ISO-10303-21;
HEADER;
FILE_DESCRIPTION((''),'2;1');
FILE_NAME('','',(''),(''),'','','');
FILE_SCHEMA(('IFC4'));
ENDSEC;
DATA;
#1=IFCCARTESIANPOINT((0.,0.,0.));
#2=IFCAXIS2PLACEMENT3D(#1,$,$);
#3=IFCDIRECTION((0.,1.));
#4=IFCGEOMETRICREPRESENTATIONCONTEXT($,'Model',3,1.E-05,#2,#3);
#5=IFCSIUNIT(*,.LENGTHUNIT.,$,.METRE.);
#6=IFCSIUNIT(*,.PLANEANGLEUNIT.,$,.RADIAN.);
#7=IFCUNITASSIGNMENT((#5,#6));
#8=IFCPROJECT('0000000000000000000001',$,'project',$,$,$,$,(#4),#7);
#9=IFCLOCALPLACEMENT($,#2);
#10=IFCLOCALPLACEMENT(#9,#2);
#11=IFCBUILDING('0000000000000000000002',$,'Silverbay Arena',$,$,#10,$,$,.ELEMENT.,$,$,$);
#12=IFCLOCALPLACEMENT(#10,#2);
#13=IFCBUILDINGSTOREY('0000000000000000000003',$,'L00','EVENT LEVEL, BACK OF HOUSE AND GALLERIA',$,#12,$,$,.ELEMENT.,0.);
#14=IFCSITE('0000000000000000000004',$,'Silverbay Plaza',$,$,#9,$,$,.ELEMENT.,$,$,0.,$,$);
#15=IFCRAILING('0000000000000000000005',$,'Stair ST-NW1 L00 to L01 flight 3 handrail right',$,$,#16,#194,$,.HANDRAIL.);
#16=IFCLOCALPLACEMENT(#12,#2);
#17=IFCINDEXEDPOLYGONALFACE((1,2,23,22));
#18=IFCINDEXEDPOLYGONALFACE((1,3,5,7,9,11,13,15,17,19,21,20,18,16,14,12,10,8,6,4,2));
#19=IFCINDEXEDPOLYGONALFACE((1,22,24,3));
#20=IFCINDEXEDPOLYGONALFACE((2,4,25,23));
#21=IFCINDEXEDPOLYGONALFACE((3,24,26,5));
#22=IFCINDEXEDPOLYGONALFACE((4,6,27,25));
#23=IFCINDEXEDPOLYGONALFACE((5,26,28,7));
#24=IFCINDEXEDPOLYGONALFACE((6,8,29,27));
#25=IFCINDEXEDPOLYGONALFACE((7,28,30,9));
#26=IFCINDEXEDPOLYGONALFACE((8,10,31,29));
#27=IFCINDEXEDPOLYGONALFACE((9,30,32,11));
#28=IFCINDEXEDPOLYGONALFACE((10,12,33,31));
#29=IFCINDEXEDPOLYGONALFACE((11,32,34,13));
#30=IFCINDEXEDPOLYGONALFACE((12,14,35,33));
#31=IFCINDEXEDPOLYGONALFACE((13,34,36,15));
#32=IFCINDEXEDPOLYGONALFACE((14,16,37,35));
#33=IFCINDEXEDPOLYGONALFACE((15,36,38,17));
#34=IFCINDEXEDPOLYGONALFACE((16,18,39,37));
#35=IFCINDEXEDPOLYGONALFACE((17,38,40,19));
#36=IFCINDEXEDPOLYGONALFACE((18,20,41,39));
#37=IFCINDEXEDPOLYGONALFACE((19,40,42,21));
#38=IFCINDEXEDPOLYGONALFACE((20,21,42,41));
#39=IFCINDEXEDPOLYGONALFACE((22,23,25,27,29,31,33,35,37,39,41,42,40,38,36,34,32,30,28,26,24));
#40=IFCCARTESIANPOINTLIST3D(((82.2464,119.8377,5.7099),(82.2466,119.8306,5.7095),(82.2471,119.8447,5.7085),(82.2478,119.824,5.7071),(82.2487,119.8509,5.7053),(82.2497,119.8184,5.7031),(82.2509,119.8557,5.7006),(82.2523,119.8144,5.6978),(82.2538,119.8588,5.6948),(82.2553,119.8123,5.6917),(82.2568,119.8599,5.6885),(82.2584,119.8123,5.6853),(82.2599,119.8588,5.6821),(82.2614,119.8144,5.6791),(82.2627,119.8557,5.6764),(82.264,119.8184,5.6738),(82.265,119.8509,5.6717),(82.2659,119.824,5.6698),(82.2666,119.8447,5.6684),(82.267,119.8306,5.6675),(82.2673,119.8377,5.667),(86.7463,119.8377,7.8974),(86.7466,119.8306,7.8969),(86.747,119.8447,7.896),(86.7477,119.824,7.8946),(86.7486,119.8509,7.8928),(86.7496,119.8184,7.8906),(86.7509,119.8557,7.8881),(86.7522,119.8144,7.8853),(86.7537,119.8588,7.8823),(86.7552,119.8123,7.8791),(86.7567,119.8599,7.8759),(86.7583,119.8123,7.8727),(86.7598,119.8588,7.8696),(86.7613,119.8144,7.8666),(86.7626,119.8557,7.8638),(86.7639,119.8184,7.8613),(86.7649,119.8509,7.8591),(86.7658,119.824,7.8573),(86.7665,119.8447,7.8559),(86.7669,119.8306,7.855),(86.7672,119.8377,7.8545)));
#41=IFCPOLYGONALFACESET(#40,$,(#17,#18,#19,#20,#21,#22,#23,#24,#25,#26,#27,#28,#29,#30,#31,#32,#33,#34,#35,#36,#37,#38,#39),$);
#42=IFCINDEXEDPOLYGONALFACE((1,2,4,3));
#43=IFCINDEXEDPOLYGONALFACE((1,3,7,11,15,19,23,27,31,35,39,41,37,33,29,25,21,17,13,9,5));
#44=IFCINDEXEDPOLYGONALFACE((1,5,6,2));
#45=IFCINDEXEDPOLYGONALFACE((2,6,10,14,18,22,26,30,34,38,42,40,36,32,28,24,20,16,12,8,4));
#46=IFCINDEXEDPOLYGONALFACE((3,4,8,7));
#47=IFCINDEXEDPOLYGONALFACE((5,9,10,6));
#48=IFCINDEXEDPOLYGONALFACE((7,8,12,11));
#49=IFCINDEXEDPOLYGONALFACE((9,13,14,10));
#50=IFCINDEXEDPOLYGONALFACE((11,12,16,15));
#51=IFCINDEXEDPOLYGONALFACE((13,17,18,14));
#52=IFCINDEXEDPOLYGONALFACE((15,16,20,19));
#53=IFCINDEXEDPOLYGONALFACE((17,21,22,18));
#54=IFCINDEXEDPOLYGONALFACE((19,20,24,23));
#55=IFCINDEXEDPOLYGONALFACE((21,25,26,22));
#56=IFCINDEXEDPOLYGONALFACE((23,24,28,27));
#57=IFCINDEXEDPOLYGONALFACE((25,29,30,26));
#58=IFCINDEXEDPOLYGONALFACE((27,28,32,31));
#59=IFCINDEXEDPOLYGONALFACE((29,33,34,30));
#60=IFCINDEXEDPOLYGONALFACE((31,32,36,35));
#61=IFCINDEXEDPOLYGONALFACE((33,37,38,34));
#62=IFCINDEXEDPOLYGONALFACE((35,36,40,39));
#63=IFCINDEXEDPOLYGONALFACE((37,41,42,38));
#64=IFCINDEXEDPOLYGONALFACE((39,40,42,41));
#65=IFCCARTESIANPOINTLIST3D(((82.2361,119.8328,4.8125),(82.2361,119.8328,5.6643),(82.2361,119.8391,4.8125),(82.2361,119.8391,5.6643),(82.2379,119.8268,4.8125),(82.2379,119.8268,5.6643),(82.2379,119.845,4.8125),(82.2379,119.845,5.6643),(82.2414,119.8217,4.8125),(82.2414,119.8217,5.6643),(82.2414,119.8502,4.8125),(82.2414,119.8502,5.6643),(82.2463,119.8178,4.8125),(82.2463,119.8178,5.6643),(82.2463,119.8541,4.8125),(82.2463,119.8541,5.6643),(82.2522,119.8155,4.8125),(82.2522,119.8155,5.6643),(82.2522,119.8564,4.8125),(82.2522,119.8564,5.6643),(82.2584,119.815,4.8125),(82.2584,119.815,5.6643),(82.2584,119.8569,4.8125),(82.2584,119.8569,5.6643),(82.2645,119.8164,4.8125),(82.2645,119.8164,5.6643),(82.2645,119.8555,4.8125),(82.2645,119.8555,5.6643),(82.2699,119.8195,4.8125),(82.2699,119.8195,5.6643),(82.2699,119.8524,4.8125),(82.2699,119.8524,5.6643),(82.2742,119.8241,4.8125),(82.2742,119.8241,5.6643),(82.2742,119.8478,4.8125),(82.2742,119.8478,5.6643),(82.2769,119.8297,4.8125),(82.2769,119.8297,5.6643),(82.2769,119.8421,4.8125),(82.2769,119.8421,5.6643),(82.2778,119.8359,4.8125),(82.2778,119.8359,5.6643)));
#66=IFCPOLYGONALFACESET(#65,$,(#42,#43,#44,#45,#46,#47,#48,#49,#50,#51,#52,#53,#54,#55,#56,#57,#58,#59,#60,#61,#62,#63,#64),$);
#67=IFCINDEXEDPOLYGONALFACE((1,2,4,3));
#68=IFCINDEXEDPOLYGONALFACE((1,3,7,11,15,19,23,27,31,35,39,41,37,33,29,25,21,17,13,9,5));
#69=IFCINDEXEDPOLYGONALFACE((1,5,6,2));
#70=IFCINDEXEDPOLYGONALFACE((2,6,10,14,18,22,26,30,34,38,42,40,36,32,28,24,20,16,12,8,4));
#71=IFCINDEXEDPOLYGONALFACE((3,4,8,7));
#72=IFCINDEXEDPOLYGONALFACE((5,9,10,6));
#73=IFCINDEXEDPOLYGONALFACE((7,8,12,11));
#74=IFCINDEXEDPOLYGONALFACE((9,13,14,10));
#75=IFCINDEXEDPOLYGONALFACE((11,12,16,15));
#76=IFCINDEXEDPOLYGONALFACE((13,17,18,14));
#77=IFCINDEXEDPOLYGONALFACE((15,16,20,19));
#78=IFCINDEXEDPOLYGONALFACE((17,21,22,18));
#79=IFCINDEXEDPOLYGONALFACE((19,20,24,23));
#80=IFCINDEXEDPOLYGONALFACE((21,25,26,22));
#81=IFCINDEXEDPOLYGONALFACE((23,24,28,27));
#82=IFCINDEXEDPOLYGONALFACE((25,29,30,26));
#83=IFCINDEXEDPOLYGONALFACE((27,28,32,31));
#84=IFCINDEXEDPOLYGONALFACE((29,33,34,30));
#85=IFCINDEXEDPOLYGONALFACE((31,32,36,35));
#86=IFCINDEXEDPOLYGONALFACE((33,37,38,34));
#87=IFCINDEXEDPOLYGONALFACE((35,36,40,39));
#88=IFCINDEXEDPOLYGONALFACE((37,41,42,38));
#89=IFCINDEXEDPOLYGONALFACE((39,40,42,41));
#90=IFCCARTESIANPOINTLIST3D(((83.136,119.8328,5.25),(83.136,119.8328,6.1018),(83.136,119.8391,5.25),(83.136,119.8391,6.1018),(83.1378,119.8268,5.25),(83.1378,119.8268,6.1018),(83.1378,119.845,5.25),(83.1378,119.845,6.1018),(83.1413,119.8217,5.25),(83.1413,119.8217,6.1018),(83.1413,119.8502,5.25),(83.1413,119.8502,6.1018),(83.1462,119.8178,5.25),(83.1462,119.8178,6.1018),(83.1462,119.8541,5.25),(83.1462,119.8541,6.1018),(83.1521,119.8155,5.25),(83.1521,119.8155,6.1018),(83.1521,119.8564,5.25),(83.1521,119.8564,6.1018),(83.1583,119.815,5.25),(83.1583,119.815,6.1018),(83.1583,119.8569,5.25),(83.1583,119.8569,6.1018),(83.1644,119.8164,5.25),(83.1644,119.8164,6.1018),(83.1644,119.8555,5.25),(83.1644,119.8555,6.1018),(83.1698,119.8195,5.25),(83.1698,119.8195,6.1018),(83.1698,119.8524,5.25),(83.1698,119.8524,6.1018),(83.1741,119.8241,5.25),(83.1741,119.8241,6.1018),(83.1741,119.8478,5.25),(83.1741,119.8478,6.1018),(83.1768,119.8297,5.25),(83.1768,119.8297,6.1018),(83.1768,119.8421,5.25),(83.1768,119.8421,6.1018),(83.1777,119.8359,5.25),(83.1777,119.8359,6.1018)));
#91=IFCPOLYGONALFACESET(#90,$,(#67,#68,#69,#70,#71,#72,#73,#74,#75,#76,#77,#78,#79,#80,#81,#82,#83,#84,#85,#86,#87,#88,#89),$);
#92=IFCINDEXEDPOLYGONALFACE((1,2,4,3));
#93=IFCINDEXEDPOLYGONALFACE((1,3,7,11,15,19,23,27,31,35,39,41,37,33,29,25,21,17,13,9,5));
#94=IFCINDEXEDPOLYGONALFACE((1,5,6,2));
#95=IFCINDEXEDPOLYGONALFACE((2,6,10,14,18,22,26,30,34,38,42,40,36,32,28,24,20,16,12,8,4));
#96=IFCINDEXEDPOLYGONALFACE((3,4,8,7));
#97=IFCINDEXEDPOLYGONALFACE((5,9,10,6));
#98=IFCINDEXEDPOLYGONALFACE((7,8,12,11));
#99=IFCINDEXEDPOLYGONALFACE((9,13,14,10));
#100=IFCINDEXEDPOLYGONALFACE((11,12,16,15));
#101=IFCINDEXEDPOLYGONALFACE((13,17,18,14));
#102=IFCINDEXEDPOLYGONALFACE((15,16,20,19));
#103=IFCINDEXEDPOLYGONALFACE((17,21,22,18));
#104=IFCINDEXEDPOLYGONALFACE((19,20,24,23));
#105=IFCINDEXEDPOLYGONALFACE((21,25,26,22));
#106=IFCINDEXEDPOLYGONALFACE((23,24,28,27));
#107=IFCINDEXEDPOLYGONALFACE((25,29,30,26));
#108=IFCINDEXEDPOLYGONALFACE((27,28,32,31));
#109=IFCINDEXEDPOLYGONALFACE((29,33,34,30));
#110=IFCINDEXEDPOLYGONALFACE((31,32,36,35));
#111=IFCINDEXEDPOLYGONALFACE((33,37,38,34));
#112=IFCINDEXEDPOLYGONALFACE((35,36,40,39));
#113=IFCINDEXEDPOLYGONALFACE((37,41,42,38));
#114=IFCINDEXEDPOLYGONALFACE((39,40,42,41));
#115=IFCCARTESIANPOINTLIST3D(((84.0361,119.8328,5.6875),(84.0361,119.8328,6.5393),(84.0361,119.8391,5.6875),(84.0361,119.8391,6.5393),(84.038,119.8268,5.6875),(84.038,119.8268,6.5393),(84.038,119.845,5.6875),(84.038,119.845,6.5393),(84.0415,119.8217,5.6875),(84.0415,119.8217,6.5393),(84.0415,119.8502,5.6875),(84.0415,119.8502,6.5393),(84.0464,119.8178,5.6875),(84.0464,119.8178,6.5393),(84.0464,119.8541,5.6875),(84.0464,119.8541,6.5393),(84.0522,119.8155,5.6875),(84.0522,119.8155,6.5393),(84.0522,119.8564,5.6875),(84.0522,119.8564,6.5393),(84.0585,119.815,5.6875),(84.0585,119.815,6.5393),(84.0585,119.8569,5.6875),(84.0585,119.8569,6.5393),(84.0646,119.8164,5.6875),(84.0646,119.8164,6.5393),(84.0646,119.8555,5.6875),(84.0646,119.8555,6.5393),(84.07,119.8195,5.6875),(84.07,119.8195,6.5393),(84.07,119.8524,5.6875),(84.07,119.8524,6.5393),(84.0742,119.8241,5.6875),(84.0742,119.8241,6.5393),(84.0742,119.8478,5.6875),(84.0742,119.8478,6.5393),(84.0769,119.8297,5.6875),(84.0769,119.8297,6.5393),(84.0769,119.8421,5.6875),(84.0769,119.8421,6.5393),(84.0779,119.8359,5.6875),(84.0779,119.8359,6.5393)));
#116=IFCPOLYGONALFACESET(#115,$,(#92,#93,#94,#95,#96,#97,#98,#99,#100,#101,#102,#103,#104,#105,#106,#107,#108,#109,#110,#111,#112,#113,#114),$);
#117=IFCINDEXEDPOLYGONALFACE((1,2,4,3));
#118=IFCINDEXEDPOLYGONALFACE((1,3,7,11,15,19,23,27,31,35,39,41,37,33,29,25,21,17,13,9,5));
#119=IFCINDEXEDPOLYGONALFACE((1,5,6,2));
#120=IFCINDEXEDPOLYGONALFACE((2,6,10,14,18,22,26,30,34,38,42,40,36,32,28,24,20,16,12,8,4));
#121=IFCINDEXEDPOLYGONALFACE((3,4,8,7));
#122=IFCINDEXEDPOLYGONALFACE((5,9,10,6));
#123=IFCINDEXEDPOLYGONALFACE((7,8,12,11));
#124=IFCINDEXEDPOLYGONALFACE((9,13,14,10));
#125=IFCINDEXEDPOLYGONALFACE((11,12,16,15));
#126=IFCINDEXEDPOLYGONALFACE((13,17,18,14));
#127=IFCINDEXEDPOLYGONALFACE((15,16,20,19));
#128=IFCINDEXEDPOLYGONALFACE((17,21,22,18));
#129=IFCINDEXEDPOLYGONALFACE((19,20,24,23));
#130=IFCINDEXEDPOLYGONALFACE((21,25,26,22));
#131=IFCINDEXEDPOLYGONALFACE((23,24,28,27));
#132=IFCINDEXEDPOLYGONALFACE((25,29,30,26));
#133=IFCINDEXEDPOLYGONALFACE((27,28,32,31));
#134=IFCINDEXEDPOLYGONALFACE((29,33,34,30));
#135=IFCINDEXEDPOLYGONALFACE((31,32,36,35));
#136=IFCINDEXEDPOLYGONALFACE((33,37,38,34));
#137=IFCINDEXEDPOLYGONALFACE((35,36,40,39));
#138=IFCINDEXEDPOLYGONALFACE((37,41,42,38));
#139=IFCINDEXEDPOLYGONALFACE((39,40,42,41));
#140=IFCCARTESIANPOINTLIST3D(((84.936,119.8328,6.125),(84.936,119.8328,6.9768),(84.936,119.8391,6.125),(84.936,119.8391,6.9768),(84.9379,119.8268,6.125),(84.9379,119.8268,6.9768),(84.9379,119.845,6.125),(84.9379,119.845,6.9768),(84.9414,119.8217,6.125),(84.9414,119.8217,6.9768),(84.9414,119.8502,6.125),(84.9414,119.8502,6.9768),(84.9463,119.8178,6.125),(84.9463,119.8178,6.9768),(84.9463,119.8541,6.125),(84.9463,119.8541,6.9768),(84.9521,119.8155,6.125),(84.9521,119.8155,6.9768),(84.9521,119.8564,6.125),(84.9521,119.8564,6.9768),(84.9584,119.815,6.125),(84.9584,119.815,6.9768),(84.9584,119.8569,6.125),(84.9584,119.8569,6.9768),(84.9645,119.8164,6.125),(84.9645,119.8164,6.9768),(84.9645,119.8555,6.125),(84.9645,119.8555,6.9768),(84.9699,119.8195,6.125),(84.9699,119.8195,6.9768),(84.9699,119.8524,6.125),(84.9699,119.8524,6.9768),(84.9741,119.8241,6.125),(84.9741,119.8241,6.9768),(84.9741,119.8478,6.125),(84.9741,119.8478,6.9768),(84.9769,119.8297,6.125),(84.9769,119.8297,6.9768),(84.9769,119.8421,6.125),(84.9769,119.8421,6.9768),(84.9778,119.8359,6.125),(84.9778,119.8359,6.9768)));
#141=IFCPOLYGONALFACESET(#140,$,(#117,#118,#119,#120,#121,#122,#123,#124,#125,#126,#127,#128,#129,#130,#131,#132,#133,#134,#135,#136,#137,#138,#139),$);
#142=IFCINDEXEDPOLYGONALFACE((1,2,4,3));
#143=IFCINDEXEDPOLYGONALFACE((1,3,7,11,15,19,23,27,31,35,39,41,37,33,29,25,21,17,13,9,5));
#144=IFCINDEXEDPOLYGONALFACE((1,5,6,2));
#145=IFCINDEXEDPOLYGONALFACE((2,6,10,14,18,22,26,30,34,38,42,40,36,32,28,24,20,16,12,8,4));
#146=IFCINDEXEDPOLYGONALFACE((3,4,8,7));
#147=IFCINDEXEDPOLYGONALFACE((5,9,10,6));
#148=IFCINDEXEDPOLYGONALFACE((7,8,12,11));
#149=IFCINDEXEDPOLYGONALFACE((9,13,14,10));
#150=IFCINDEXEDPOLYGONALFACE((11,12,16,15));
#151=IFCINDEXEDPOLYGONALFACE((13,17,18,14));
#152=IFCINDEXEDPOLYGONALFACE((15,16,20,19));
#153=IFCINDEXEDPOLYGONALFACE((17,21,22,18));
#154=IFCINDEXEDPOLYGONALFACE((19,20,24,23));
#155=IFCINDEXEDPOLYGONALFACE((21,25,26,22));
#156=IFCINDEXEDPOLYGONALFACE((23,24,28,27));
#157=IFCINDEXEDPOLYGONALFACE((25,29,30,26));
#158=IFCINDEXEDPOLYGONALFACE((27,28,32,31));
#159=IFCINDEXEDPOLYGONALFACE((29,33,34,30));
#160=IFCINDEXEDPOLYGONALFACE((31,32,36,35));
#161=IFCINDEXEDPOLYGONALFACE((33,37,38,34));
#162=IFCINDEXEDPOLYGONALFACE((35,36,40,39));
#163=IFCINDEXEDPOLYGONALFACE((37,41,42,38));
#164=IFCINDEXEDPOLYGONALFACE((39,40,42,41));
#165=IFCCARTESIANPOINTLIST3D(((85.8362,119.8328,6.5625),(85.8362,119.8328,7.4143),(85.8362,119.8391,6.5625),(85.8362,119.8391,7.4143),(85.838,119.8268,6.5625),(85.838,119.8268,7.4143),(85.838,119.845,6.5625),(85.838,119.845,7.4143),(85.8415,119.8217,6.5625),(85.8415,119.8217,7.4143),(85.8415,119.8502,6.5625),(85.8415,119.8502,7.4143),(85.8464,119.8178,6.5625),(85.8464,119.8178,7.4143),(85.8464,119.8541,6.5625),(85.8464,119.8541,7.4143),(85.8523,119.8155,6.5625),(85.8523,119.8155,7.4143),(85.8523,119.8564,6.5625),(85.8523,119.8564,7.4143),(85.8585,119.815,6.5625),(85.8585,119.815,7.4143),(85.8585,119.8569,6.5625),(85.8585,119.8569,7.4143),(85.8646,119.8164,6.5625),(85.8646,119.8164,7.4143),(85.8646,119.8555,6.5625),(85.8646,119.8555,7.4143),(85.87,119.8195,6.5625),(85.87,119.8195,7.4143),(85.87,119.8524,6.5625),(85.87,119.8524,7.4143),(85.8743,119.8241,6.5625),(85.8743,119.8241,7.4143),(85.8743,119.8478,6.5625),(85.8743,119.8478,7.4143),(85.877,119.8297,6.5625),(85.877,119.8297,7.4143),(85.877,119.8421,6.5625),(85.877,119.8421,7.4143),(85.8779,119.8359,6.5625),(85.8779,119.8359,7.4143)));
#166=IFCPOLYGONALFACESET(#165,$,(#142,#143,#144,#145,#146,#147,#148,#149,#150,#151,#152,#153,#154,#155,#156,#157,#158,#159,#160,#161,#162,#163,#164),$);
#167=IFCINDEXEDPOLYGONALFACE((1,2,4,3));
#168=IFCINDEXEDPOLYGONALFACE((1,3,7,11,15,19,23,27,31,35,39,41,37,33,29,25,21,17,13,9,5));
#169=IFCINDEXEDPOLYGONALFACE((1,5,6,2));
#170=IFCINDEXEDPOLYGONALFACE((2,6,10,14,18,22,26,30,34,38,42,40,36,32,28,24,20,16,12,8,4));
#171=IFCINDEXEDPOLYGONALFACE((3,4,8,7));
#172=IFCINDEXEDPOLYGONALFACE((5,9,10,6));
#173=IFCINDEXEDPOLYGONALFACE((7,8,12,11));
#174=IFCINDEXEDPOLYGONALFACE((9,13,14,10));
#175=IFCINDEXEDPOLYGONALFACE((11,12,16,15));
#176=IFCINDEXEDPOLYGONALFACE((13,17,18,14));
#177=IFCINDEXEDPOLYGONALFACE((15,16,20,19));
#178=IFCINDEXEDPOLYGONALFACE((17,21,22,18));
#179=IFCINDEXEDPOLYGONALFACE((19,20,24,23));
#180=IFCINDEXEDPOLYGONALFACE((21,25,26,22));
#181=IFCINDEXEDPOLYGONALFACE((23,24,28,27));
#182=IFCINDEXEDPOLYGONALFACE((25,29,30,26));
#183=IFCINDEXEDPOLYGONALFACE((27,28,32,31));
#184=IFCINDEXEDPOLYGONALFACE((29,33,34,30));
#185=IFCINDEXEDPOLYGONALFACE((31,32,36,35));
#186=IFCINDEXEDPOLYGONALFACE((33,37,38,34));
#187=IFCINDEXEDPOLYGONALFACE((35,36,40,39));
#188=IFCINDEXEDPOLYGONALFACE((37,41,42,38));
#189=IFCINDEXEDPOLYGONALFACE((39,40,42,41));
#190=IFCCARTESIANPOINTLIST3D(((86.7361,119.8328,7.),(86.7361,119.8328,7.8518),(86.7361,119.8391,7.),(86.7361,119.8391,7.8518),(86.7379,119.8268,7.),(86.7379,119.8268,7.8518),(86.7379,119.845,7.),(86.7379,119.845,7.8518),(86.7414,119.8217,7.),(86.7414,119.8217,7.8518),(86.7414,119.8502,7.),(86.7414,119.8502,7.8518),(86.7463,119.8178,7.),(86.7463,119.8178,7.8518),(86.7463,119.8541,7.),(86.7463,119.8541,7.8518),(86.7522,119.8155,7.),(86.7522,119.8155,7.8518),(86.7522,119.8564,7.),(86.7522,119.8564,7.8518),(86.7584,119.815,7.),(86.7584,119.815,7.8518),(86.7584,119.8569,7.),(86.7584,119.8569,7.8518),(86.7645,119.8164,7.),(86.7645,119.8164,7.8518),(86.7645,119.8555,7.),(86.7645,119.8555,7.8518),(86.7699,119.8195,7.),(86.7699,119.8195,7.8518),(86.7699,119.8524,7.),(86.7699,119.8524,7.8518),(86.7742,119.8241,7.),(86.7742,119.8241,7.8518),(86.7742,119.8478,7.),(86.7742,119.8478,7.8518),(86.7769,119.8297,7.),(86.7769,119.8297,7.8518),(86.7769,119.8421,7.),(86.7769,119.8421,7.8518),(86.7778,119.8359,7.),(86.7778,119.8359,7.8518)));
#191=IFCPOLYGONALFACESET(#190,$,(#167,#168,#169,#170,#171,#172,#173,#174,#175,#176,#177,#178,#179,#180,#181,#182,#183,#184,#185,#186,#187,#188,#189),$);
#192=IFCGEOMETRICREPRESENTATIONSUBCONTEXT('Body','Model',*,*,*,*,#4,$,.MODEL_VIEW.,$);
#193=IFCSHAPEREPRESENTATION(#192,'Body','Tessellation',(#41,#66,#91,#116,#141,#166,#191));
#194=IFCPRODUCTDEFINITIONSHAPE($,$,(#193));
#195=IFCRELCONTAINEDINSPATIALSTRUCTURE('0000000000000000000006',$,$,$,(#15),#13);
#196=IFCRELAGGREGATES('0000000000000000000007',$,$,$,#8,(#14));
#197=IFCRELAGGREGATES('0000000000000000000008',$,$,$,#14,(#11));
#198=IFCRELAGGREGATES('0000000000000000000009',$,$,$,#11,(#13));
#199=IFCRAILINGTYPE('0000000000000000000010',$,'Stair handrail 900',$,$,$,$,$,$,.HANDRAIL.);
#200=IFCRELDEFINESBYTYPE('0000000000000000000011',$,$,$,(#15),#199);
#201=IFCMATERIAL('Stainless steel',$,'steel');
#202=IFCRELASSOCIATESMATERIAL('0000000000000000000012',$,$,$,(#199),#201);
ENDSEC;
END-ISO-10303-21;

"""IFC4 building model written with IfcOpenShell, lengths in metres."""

from ifc_helpers import new_model, si_unit, direction, frame, origin, origin_2d, place, context, subcontext, project, spatial, circle, extrude, material, type_object, element, save


model = new_model("IFC4")

# Units and contexts
model_context = context("Model", 3, precision=1e-05, world=origin(), true_north=direction((0.0, 1.0)))
body_context = subcontext(model_context, "Body", "Model", "MODEL_VIEW")
ifc_project = project(units=[si_unit("LENGTHUNIT", "METRE"), si_unit("PLANEANGLEUNIT", "RADIAN")], contexts=[model_context])

# Site, building, storey
site_placement = place(None, origin())
site = spatial("IfcSite", under=ifc_project, at=site_placement, Name="Silverbay Plaza", CompositionType="ELEMENT", RefElevation=0.0)
building_placement = place(site_placement, origin())
building = spatial("IfcBuilding", under=site, at=building_placement, Name="Silverbay Arena", CompositionType="ELEMENT")
storey_placement = place(building_placement, origin())
storey = spatial("IfcBuildingStorey", under=building, at=storey_placement, Name="L00", Description="EVENT LEVEL, BACK OF HOUSE AND GALLERIA", CompositionType="ELEMENT", Elevation=0.0)

# Railing
ifc_material_1 = material(Name="Stainless steel", Category="steel")
railing_type_1 = type_object("IfcRailingType", Name="Stair handrail 900", PredefinedType="HANDRAIL", material=ifc_material_1)
railing_1_placement = place(storey_placement, frame((82.2568, 119.8359, 4.8125)))
element("IfcRailing", 1, at=railing_1_placement, inside=storey, type_object=railing_type_1, Name="Stair ST-NW1 L00 to L01 flight 3 handrail right", PredefinedType="HANDRAIL", context=body_context, shape_type="SweptSolid", body=[
    extrude(circle(Radius=0.0239, at=origin_2d()), frame((0.0, 0.0, 0.876), z_axis=(0.899368, 0.0, 0.437193), x_axis=(0.0, 1.0, 0.0)), (0.0, 0.0, 1.0), 5.0034),
    extrude(circle(Radius=0.021, at=origin_2d()), origin(), (0.0, 0.0, 1.0), 0.8518),
    extrude(circle(Radius=0.021, at=origin_2d()), frame((0.8999, 0.0, 0.4375)), (0.0, 0.0, 1.0), 0.8518),
    extrude(circle(Radius=0.021, at=origin_2d()), frame((1.8, 0.0, 0.875)), (0.0, 0.0, 1.0), 0.8518),
    extrude(circle(Radius=0.021, at=origin_2d()), frame((2.7, 0.0, 1.3125)), (0.0, 0.0, 1.0), 0.8518),
    extrude(circle(Radius=0.021, at=origin_2d()), frame((3.6001, 0.0, 1.75)), (0.0, 0.0, 1.0), 0.8518),
    extrude(circle(Radius=0.021, at=origin_2d()), frame((4.5, 0.0, 2.1875)), (0.0, 0.0, 1.0), 0.8518),
])

save(model, "model.ifc")
